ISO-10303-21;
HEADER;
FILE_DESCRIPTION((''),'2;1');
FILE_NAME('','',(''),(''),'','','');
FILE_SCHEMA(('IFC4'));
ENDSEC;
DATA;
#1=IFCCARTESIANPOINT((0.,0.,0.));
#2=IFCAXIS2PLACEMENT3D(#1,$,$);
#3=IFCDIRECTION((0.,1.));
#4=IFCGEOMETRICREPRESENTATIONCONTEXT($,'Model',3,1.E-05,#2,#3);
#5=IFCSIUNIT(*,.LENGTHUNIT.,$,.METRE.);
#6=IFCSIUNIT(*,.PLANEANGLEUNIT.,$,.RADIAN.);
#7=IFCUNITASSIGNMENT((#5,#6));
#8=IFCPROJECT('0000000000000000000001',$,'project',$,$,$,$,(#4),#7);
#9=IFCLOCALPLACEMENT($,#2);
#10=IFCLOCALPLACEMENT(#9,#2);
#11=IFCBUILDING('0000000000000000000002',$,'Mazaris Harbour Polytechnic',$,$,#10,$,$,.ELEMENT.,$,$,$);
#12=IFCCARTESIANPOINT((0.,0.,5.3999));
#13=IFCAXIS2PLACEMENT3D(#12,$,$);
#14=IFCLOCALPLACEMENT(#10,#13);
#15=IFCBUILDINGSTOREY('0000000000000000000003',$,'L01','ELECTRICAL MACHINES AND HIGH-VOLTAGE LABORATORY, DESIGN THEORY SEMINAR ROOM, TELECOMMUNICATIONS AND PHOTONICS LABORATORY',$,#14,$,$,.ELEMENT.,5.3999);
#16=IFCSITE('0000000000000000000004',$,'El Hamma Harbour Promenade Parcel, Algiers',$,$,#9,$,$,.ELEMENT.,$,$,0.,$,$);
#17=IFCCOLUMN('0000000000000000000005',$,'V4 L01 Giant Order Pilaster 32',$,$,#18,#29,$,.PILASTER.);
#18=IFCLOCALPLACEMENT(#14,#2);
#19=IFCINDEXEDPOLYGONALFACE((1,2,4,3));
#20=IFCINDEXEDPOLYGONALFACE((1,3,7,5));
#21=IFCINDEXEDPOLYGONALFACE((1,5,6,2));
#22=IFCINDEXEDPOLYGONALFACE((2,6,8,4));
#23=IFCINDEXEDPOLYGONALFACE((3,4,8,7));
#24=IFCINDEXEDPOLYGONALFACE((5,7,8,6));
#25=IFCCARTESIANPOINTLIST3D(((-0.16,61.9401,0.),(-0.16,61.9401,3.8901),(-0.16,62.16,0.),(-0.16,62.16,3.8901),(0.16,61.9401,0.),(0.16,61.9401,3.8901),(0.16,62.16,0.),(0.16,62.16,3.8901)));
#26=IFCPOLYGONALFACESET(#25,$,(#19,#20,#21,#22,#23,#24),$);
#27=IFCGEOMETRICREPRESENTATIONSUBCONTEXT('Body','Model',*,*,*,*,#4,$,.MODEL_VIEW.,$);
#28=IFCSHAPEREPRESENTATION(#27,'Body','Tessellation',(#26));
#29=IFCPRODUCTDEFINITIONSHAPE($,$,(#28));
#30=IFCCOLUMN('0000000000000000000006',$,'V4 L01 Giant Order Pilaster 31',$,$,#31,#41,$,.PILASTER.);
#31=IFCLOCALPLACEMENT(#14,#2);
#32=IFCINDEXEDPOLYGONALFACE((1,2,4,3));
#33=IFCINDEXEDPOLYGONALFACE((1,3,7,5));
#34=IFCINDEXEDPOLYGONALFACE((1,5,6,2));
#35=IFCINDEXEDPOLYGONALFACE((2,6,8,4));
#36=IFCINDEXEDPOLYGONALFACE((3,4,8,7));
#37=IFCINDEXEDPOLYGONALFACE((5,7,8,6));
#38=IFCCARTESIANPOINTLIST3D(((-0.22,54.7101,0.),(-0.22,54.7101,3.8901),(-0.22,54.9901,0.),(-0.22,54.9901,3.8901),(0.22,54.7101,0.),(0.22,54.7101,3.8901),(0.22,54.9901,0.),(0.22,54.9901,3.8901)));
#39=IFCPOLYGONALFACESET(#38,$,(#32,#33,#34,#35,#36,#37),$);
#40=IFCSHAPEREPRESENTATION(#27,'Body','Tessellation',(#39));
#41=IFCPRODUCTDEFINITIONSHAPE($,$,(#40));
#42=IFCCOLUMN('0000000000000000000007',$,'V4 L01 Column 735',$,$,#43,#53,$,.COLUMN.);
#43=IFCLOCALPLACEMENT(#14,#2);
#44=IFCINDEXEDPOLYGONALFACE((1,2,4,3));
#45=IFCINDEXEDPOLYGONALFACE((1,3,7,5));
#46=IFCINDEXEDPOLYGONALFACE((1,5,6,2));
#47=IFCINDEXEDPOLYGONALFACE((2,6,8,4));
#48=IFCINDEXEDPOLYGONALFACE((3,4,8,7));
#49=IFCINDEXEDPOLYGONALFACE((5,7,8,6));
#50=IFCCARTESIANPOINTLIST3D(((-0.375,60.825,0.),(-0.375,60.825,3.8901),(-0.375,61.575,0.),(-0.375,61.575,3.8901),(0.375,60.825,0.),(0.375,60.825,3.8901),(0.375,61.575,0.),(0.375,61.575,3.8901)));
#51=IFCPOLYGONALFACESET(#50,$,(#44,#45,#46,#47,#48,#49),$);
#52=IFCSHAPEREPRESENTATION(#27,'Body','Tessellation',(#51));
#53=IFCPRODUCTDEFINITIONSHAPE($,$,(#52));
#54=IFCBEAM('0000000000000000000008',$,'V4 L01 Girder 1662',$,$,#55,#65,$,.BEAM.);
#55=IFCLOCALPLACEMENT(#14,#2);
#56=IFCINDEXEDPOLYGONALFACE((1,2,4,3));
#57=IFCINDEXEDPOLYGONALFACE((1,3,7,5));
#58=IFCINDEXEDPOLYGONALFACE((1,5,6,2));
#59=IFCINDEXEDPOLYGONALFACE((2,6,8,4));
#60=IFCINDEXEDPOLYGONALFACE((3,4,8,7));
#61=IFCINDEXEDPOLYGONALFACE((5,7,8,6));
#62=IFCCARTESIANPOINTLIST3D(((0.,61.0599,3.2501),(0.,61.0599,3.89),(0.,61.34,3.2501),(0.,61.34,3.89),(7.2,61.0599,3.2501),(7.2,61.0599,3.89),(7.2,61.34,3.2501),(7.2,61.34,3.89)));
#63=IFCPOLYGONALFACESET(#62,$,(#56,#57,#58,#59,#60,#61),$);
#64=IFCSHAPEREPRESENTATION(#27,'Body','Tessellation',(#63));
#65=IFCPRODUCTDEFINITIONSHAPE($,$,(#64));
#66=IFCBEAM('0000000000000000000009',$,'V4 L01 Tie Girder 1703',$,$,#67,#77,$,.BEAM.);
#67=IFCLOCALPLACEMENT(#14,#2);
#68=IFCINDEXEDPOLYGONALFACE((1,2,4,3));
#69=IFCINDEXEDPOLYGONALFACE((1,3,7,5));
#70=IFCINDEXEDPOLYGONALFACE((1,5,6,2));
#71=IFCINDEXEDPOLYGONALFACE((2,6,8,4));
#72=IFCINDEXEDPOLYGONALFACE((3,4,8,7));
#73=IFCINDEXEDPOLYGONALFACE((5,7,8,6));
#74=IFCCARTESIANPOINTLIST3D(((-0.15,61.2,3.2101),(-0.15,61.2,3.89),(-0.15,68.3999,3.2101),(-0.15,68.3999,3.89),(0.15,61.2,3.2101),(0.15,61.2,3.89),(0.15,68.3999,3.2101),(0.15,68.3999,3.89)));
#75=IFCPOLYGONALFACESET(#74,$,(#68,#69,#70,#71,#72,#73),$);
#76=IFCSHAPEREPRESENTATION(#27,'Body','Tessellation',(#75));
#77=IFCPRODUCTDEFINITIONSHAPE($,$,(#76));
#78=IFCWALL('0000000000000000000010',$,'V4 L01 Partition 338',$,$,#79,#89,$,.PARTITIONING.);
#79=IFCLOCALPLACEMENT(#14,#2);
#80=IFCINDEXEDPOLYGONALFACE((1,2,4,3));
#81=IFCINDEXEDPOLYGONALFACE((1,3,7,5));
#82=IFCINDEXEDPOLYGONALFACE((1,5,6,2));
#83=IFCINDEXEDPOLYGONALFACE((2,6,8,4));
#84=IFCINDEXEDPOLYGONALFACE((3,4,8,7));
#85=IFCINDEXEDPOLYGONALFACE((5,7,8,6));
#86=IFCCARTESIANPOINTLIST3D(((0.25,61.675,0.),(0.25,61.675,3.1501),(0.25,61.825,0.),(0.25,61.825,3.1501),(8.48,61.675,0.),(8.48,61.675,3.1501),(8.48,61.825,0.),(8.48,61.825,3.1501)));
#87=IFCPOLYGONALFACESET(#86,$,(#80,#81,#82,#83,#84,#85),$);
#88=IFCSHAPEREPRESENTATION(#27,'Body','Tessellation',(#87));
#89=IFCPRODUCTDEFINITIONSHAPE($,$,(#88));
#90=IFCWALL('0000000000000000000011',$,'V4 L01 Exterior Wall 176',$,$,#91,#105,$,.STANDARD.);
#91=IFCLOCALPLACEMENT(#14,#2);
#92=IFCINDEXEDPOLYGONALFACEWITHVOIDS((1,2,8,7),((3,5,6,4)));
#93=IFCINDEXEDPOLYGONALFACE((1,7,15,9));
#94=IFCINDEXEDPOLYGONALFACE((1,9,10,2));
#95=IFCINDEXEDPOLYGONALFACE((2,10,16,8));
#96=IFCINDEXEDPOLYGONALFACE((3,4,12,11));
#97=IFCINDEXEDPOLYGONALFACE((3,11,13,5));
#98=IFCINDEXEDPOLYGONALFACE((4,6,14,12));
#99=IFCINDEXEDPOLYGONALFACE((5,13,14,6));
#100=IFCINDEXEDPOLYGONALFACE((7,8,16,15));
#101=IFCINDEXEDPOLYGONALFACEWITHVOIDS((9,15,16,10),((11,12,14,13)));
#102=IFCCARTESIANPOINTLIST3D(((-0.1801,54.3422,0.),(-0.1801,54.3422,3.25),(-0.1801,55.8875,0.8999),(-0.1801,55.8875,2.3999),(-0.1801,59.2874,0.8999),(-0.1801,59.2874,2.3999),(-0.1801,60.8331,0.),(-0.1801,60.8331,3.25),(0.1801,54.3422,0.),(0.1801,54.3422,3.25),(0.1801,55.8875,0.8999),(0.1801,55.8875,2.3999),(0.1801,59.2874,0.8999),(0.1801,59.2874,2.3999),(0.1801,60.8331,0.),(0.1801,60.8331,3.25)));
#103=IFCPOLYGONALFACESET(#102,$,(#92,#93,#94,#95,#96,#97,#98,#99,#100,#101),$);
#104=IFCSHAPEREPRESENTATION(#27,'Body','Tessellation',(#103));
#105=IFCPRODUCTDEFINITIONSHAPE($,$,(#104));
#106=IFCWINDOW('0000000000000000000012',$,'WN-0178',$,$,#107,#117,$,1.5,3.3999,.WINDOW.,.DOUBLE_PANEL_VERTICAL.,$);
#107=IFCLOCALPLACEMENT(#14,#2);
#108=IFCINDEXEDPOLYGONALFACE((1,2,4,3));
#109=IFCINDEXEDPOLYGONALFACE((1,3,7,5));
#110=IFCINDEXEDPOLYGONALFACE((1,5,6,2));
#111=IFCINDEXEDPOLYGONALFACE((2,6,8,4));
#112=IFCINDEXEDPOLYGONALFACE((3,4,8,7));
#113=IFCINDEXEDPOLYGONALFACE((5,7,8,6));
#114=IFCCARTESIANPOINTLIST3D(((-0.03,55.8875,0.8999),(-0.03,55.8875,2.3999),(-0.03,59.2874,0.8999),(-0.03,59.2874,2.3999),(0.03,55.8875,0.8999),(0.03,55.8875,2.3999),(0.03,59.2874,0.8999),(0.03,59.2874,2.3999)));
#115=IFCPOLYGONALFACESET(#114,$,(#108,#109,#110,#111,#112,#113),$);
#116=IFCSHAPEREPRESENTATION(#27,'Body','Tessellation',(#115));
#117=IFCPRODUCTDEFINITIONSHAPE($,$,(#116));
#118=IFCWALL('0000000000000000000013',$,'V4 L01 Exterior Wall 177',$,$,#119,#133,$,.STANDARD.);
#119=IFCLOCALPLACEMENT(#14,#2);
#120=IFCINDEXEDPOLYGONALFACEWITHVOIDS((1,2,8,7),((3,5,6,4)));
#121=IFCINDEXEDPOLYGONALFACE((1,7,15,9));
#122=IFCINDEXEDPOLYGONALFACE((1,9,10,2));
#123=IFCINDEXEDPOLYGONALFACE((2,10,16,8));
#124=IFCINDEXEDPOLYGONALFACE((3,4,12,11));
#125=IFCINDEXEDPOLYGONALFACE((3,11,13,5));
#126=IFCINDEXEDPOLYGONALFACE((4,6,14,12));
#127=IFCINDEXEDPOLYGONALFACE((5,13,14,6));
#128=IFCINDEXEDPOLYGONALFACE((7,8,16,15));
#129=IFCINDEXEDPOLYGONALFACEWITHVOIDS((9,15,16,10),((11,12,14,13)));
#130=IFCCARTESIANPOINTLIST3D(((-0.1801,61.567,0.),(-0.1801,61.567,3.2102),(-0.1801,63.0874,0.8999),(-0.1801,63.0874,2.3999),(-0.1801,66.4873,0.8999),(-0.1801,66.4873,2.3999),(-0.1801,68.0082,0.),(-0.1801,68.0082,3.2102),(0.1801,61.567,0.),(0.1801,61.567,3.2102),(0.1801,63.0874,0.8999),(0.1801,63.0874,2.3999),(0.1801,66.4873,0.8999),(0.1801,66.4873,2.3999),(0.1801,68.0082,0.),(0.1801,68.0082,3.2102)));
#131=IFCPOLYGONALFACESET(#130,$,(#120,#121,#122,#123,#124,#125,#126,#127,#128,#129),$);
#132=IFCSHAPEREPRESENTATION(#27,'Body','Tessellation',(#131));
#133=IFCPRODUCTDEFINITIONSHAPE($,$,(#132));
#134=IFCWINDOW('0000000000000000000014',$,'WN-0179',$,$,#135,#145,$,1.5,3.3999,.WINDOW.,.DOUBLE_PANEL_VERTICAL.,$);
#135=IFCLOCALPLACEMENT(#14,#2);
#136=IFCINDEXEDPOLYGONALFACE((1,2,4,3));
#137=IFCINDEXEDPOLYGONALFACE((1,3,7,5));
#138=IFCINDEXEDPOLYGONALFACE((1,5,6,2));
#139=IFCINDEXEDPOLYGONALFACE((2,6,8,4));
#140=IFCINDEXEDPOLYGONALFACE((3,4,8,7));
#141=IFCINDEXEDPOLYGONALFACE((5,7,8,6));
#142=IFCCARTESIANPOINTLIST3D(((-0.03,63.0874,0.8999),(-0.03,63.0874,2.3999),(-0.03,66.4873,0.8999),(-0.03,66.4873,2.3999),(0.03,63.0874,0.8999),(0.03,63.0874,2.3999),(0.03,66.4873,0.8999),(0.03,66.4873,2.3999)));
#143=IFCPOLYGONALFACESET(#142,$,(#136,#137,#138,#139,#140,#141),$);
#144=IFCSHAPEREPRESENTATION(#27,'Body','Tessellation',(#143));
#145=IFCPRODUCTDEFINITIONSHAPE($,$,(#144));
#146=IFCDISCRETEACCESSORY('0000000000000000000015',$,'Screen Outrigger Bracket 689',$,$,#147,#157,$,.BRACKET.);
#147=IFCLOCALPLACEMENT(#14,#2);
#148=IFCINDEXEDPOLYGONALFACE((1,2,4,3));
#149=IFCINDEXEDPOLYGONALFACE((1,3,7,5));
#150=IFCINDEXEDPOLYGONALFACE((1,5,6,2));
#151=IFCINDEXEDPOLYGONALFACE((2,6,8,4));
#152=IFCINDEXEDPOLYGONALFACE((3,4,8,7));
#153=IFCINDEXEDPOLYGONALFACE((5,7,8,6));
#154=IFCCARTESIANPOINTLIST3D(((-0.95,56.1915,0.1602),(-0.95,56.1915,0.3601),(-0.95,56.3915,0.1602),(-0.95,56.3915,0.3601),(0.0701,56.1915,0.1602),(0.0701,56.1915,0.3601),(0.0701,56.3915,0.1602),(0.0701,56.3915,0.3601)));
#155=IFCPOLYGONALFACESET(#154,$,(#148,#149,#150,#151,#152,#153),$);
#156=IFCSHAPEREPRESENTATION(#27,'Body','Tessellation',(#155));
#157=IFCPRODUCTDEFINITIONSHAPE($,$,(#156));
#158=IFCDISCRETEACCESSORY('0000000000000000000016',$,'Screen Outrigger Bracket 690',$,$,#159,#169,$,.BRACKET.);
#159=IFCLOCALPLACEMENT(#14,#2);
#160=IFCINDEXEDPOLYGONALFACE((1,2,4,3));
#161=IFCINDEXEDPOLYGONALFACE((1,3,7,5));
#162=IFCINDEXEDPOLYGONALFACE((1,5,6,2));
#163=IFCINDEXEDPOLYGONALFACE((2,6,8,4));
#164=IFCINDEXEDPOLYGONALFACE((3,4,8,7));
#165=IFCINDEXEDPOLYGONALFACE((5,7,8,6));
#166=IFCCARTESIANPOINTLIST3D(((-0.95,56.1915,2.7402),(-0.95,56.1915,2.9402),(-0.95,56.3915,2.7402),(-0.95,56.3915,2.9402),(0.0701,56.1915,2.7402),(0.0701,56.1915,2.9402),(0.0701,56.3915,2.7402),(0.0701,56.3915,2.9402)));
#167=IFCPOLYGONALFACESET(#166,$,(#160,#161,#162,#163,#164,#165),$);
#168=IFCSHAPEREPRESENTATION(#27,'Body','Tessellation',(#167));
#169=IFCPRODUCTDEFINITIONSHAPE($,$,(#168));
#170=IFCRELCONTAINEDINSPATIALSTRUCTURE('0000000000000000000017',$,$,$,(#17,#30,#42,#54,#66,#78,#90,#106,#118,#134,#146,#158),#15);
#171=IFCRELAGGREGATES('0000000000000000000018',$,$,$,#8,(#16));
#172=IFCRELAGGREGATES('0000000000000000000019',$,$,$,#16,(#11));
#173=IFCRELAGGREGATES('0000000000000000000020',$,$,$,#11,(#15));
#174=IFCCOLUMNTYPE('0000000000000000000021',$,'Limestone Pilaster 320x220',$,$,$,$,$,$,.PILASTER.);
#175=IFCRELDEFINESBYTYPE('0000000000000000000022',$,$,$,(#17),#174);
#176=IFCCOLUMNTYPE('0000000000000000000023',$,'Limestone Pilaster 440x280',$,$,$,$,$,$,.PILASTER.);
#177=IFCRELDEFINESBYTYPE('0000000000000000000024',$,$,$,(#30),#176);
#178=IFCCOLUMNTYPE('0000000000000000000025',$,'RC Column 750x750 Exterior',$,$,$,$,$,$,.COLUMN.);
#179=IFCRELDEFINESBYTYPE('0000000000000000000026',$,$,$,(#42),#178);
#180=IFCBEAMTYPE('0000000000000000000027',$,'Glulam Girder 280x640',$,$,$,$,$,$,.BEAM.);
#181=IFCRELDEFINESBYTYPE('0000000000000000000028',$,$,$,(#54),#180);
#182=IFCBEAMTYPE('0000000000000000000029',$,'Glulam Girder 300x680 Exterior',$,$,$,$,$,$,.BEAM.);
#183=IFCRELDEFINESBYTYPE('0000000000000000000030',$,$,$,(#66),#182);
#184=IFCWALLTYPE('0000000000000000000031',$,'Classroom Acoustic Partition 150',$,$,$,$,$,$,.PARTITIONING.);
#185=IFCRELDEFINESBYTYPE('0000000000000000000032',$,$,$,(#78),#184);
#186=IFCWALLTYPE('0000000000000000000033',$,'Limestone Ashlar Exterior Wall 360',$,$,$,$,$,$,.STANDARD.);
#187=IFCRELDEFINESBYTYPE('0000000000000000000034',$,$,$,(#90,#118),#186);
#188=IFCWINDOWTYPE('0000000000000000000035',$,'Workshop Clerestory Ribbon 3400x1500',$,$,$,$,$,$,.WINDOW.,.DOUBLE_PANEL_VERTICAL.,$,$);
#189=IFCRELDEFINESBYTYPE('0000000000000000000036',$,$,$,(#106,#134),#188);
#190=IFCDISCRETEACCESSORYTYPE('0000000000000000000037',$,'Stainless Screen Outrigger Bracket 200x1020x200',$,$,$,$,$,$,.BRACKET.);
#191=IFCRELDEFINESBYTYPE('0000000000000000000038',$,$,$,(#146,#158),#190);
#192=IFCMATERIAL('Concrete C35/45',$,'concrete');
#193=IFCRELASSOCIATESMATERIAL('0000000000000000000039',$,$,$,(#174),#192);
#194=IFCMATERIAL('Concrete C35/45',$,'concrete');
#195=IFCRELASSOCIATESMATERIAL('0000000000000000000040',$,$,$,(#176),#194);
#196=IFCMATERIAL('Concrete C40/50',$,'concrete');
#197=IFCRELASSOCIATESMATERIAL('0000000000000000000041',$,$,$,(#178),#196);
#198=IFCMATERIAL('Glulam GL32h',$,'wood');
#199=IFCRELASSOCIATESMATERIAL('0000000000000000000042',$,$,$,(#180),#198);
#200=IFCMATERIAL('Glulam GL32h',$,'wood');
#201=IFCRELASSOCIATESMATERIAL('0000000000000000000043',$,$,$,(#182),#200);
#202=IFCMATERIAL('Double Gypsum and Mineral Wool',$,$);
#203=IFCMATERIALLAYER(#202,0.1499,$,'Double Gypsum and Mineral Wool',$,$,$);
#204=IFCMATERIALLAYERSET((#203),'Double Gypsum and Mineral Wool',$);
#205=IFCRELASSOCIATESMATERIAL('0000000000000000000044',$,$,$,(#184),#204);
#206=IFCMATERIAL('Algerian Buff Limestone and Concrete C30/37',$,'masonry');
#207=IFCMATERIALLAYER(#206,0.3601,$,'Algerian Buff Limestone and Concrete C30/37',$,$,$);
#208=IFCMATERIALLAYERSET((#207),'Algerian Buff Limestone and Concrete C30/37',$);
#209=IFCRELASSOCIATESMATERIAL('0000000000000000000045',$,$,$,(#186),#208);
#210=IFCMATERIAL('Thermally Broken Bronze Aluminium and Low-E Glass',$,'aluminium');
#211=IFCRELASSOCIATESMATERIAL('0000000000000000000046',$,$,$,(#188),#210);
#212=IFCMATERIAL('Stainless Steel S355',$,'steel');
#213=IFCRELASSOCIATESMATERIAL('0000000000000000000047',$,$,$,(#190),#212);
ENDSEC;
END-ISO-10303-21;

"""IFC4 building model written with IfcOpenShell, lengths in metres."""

from ifc_helpers import new_model, si_unit, direction, frame, frame_2d, origin, origin_2d, place, context, subcontext, project, spatial, rectangle, extrude, material, layer, layer_set, material_profile, profile_set, type_object, element, fill, save


model = new_model("IFC4")

# Units and contexts
model_context = context("Model", 3, precision=1e-05, world=origin(), true_north=direction((0.0, 1.0)))
body_context = subcontext(model_context, "Body", "Model", "MODEL_VIEW")
ifc_project = project(units=[si_unit("LENGTHUNIT", "METRE"), si_unit("PLANEANGLEUNIT", "RADIAN")], contexts=[model_context])

# Site, building, storey
site_placement = place(None, origin())
site = spatial("IfcSite", under=ifc_project, at=site_placement, Name="El Hamma Harbour Promenade Parcel, Algiers", CompositionType="ELEMENT", RefElevation=0.0)
building_placement = place(site_placement, origin())
building = spatial("IfcBuilding", under=site, at=building_placement, Name="Mazaris Harbour Polytechnic", CompositionType="ELEMENT")
storey_placement = place(building_placement, frame((0.0, 0.0, 5.3999)))
storey = spatial("IfcBuildingStorey", under=building, at=storey_placement, Name="L01", Description="ELECTRICAL MACHINES AND HIGH-VOLTAGE LABORATORY, DESIGN THEORY SEMINAR ROOM, TELECOMMUNICATIONS AND PHOTONICS LABORATORY", CompositionType="ELEMENT", Elevation=5.3999)

# Columns
ifc_material_1 = material(Name="Concrete C35/45", Category="concrete")
ifc_material_profile_1 = material_profile(ifc_material_1, rectangle(XDim=0.3201, YDim=0.22, at=origin_2d()), Name="RECT320x220")
ifc_profile_set_1 = profile_set([ifc_material_profile_1], Name="Concrete C35/45")
column_type_1 = type_object("IfcColumnType", Name="Limestone Pilaster 320x220", PredefinedType="PILASTER", material=ifc_profile_set_1)
column_1_placement = place(storey_placement, frame((0.0, 62.05, 0.0), z_axis=(0.0, 0.0, 1.0), x_axis=(1.0, 0.0, 0.0)))
element("IfcColumn", 1, at=column_1_placement, inside=storey, type_object=column_type_1, Name="V4 L01 Giant Order Pilaster 32", PredefinedType="PILASTER", context=body_context, shape_type="SweptSolid", body=[
    extrude(rectangle(XDim=0.3201, YDim=0.22, at=origin_2d()), origin(), (0.0, 0.0, 1.0), 3.8901),
])
ifc_material_2 = material(Name="Concrete C35/45", Category="concrete")
ifc_material_profile_2 = material_profile(ifc_material_2, rectangle(XDim=0.4399, YDim=0.28, at=origin_2d()), Name="RECT440x280")
ifc_profile_set_2 = profile_set([ifc_material_profile_2], Name="Concrete C35/45")
column_type_2 = type_object("IfcColumnType", Name="Limestone Pilaster 440x280", PredefinedType="PILASTER", material=ifc_profile_set_2)
column_2_placement = place(storey_placement, frame((0.0, 54.8501, 0.0), z_axis=(0.0, 0.0, 1.0), x_axis=(1.0, 0.0, 0.0)))
element("IfcColumn", 2, at=column_2_placement, inside=storey, type_object=column_type_2, Name="V4 L01 Giant Order Pilaster 31", PredefinedType="PILASTER", context=body_context, shape_type="SweptSolid", body=[
    extrude(rectangle(XDim=0.4399, YDim=0.28, at=origin_2d()), origin(), (0.0, 0.0, 1.0), 3.8901),
])
ifc_material_3 = material(Name="Concrete C40/50", Category="concrete")
ifc_material_profile_3 = material_profile(ifc_material_3, rectangle(XDim=0.75, YDim=0.75, at=origin_2d()), Name="RECT750x750")
ifc_profile_set_3 = profile_set([ifc_material_profile_3], Name="Concrete C40/50")
column_type_3 = type_object("IfcColumnType", Name="RC Column 750x750 Exterior", PredefinedType="COLUMN", material=ifc_profile_set_3)
column_3_placement = place(storey_placement, frame((0.0, 61.2, 0.0), z_axis=(0.0, 0.0, 1.0), x_axis=(1.0, 0.0, 0.0)))
element("IfcColumn", 3, at=column_3_placement, inside=storey, type_object=column_type_3, Name="V4 L01 Column 735", PredefinedType="COLUMN", context=body_context, shape_type="SweptSolid", body=[
    extrude(rectangle(XDim=0.75, YDim=0.75, at=origin_2d()), origin(), (0.0, 0.0, 1.0), 3.8901),
])

# Beams
ifc_material_4 = material(Name="Glulam GL32h", Category="wood")
ifc_material_profile_4 = material_profile(ifc_material_4, rectangle(XDim=0.28, YDim=0.6399, at=origin_2d()), Name="RECT280x640")
ifc_profile_set_4 = profile_set([ifc_material_profile_4], Name="Glulam GL32h")
beam_type_1 = type_object("IfcBeamType", Name="Glulam Girder 280x640", PredefinedType="BEAM", material=ifc_profile_set_4)
beam_1_placement = place(storey_placement, frame((0.0, 61.2, 3.5701), z_axis=(1.0, 0.0, 0.0), x_axis=(0.0, 1.0, 0.0)))
element("IfcBeam", 4, at=beam_1_placement, inside=storey, type_object=beam_type_1, Name="V4 L01 Girder 1662", PredefinedType="BEAM", context=body_context, shape_type="SweptSolid", body=[
    extrude(rectangle(XDim=0.28, YDim=0.6399, at=origin_2d()), origin(), (0.0, 0.0, 1.0), 7.2),
])
ifc_material_5 = material(Name="Glulam GL32h", Category="wood")
ifc_material_profile_5 = material_profile(ifc_material_5, rectangle(XDim=0.3, YDim=0.6799, at=origin_2d()), Name="RECT300x680")
ifc_profile_set_5 = profile_set([ifc_material_profile_5], Name="Glulam GL32h")
beam_type_2 = type_object("IfcBeamType", Name="Glulam Girder 300x680 Exterior", PredefinedType="BEAM", material=ifc_profile_set_5)
beam_2_placement = place(storey_placement, frame((0.0, 61.2, 3.55), z_axis=(0.0, 1.0, 0.0), x_axis=(-1.0, 0.0, 0.0)))
element("IfcBeam", 5, at=beam_2_placement, inside=storey, type_object=beam_type_2, Name="V4 L01 Tie Girder 1703", PredefinedType="BEAM", context=body_context, shape_type="SweptSolid", body=[
    extrude(rectangle(XDim=0.3, YDim=0.6799, at=origin_2d()), origin(), (0.0, 0.0, 1.0), 7.2),
])

# Wall
ifc_material_6 = material(Name="Double Gypsum and Mineral Wool")
ifc_layer_1 = layer(ifc_material_6, 0.1499, Name="Double Gypsum and Mineral Wool")
ifc_layer_set_1 = layer_set([ifc_layer_1], Name="Double Gypsum and Mineral Wool")
wall_type_1 = type_object("IfcWallType", Name="Classroom Acoustic Partition 150", PredefinedType="PARTITIONING", material=ifc_layer_set_1)
wall_1_placement = place(storey_placement, frame((0.25, 61.75, 0.0), z_axis=(0.0, 0.0, 1.0), x_axis=(1.0, 0.0, 0.0)))
element("IfcWall", 6, at=wall_1_placement, inside=storey, type_object=wall_type_1, Name="V4 L01 Partition 338", PredefinedType="PARTITIONING", context=body_context, shape_type="SweptSolid", body=[
    extrude(rectangle(XDim=8.23, YDim=0.1499, at=frame_2d((4.115, 0.0))), origin(), (0.0, 0.0, 1.0), 3.1501),
])

# Walls, openings, windows
ifc_material_7 = material(Name="Algerian Buff Limestone and Concrete C30/37", Category="masonry")
ifc_layer_2 = layer(ifc_material_7, 0.3601, Name="Algerian Buff Limestone and Concrete C30/37")
ifc_layer_set_2 = layer_set([ifc_layer_2], Name="Algerian Buff Limestone and Concrete C30/37")
wall_type_2 = type_object("IfcWallType", Name="Limestone Ashlar Exterior Wall 360", PredefinedType="STANDARD", material=ifc_layer_set_2)
wall_2_placement = place(storey_placement, frame((0.0, 54.342, 0.0), z_axis=(0.0, 0.0, 1.0), x_axis=(0.0, 1.0, 0.0)))
wall_2 = element("IfcWall", 7, at=wall_2_placement, inside=storey, type_object=wall_type_2, Name="V4 L01 Exterior Wall 176", PredefinedType="STANDARD", context=body_context, shape_type="SweptSolid", body=[
    extrude(rectangle(XDim=6.491, YDim=0.3601, at=frame_2d((3.2456, 0.0))), origin(), (0.0, 0.0, 1.0), 3.25),
])
opening_1_placement = place(wall_2_placement, frame((1.5454, 0.0, 0.8999)))
opening_1 = element("IfcOpeningElement", 8, at=opening_1_placement, cuts=wall_2, PredefinedType="OPENING", context=body_context, shape_type="SweptSolid", body=[
    extrude(rectangle(XDim=3.3999, YDim=1.5, at=frame_2d((1.7, 0.75))), frame((0.0, 0.1899, 0.0), z_axis=(0.0, -1.0, 0.0), x_axis=(1.0, 0.0, 0.0)), (0.0, 0.0, 1.0), 0.3801),
])
ifc_material_8 = material(Name="Thermally Broken Bronze Aluminium and Low-E Glass", Category="aluminium")
window_type = type_object("IfcWindowType", Name="Workshop Clerestory Ribbon 3400x1500", PartitioningType="DOUBLE_PANEL_VERTICAL", PredefinedType="WINDOW", material=ifc_material_8)
window_1_placement = place(opening_1_placement, origin())
window_1 = element("IfcWindow", 9, at=window_1_placement, inside=storey, type_object=window_type, Name="WN-0178", OverallHeight=1.5, OverallWidth=3.3999, PartitioningType="DOUBLE_PANEL_VERTICAL", PredefinedType="WINDOW", context=body_context, shape_type="SweptSolid", body=[
    extrude(rectangle(XDim=3.3999, YDim=1.5, at=frame_2d((1.7, 0.75))), frame((0.0, 0.03, 0.0), z_axis=(0.0, -1.0, 0.0), x_axis=(1.0, 0.0, 0.0)), (0.0, 0.0, 1.0), 0.0601),
])
fill(opening_1, window_1)
wall_3_placement = place(storey_placement, frame((0.0, 61.5669, 0.0), z_axis=(0.0, 0.0, 1.0), x_axis=(0.0, 1.0, 0.0)))
wall_3 = element("IfcWall", 10, at=wall_3_placement, inside=storey, type_object=wall_type_2, Name="V4 L01 Exterior Wall 177", PredefinedType="STANDARD", context=body_context, shape_type="SweptSolid", body=[
    extrude(rectangle(XDim=6.4412, YDim=0.3601, at=frame_2d((3.2207, 0.0))), origin(), (0.0, 0.0, 1.0), 3.2102),
])
opening_2_placement = place(wall_3_placement, frame((1.5205, 0.0, 0.8999)))
opening_2 = element("IfcOpeningElement", 11, at=opening_2_placement, cuts=wall_3, PredefinedType="OPENING", context=body_context, shape_type="SweptSolid", body=[
    extrude(rectangle(XDim=3.3999, YDim=1.5, at=frame_2d((1.7, 0.75))), frame((0.0, 0.1899, 0.0), z_axis=(0.0, -1.0, 0.0), x_axis=(1.0, 0.0, 0.0)), (0.0, 0.0, 1.0), 0.3801),
])
window_2_placement = place(opening_2_placement, origin())
window_2 = element("IfcWindow", 12, at=window_2_placement, inside=storey, type_object=window_type, Name="WN-0179", OverallHeight=1.5, OverallWidth=3.3999, PartitioningType="DOUBLE_PANEL_VERTICAL", PredefinedType="WINDOW", context=body_context, shape_type="SweptSolid", body=[
    extrude(rectangle(XDim=3.3999, YDim=1.5, at=frame_2d((1.7, 0.75))), frame((0.0, 0.03, 0.0), z_axis=(0.0, -1.0, 0.0), x_axis=(1.0, 0.0, 0.0)), (0.0, 0.0, 1.0), 0.0601),
])
fill(opening_2, window_2)

# Discrete accessories
ifc_material_9 = material(Name="Stainless Steel S355", Category="steel")
discrete_accessory_type = type_object("IfcDiscreteAccessoryType", Name="Stainless Screen Outrigger Bracket 200x1020x200", PredefinedType="BRACKET", material=ifc_material_9)
for number, where, z_axis, x_axis, name in (
    (13, (-0.4399, 56.2915, 0.1602), (0.0, 0.0, 1.0), (0.0, 1.0, 0.0), "Screen Outrigger Bracket 689"),
    (14, (-0.4399, 56.2915, 2.7402), (0.0, 0.0, 1.0), (0.0, 1.0, 0.0), "Screen Outrigger Bracket 690"),
):
    element("IfcDiscreteAccessory", number, at=place(storey_placement, frame(where, z_axis=z_axis, x_axis=x_axis)), inside=storey, type_object=discrete_accessory_type, Name=name, PredefinedType="BRACKET", context=body_context, shape_type="SweptSolid", body=[
        extrude(rectangle(XDim=0.2, YDim=1.02, at=origin_2d()), origin(), (0.0, 0.0, 1.0), 0.2),
    ])

save(model, "model.ifc")
